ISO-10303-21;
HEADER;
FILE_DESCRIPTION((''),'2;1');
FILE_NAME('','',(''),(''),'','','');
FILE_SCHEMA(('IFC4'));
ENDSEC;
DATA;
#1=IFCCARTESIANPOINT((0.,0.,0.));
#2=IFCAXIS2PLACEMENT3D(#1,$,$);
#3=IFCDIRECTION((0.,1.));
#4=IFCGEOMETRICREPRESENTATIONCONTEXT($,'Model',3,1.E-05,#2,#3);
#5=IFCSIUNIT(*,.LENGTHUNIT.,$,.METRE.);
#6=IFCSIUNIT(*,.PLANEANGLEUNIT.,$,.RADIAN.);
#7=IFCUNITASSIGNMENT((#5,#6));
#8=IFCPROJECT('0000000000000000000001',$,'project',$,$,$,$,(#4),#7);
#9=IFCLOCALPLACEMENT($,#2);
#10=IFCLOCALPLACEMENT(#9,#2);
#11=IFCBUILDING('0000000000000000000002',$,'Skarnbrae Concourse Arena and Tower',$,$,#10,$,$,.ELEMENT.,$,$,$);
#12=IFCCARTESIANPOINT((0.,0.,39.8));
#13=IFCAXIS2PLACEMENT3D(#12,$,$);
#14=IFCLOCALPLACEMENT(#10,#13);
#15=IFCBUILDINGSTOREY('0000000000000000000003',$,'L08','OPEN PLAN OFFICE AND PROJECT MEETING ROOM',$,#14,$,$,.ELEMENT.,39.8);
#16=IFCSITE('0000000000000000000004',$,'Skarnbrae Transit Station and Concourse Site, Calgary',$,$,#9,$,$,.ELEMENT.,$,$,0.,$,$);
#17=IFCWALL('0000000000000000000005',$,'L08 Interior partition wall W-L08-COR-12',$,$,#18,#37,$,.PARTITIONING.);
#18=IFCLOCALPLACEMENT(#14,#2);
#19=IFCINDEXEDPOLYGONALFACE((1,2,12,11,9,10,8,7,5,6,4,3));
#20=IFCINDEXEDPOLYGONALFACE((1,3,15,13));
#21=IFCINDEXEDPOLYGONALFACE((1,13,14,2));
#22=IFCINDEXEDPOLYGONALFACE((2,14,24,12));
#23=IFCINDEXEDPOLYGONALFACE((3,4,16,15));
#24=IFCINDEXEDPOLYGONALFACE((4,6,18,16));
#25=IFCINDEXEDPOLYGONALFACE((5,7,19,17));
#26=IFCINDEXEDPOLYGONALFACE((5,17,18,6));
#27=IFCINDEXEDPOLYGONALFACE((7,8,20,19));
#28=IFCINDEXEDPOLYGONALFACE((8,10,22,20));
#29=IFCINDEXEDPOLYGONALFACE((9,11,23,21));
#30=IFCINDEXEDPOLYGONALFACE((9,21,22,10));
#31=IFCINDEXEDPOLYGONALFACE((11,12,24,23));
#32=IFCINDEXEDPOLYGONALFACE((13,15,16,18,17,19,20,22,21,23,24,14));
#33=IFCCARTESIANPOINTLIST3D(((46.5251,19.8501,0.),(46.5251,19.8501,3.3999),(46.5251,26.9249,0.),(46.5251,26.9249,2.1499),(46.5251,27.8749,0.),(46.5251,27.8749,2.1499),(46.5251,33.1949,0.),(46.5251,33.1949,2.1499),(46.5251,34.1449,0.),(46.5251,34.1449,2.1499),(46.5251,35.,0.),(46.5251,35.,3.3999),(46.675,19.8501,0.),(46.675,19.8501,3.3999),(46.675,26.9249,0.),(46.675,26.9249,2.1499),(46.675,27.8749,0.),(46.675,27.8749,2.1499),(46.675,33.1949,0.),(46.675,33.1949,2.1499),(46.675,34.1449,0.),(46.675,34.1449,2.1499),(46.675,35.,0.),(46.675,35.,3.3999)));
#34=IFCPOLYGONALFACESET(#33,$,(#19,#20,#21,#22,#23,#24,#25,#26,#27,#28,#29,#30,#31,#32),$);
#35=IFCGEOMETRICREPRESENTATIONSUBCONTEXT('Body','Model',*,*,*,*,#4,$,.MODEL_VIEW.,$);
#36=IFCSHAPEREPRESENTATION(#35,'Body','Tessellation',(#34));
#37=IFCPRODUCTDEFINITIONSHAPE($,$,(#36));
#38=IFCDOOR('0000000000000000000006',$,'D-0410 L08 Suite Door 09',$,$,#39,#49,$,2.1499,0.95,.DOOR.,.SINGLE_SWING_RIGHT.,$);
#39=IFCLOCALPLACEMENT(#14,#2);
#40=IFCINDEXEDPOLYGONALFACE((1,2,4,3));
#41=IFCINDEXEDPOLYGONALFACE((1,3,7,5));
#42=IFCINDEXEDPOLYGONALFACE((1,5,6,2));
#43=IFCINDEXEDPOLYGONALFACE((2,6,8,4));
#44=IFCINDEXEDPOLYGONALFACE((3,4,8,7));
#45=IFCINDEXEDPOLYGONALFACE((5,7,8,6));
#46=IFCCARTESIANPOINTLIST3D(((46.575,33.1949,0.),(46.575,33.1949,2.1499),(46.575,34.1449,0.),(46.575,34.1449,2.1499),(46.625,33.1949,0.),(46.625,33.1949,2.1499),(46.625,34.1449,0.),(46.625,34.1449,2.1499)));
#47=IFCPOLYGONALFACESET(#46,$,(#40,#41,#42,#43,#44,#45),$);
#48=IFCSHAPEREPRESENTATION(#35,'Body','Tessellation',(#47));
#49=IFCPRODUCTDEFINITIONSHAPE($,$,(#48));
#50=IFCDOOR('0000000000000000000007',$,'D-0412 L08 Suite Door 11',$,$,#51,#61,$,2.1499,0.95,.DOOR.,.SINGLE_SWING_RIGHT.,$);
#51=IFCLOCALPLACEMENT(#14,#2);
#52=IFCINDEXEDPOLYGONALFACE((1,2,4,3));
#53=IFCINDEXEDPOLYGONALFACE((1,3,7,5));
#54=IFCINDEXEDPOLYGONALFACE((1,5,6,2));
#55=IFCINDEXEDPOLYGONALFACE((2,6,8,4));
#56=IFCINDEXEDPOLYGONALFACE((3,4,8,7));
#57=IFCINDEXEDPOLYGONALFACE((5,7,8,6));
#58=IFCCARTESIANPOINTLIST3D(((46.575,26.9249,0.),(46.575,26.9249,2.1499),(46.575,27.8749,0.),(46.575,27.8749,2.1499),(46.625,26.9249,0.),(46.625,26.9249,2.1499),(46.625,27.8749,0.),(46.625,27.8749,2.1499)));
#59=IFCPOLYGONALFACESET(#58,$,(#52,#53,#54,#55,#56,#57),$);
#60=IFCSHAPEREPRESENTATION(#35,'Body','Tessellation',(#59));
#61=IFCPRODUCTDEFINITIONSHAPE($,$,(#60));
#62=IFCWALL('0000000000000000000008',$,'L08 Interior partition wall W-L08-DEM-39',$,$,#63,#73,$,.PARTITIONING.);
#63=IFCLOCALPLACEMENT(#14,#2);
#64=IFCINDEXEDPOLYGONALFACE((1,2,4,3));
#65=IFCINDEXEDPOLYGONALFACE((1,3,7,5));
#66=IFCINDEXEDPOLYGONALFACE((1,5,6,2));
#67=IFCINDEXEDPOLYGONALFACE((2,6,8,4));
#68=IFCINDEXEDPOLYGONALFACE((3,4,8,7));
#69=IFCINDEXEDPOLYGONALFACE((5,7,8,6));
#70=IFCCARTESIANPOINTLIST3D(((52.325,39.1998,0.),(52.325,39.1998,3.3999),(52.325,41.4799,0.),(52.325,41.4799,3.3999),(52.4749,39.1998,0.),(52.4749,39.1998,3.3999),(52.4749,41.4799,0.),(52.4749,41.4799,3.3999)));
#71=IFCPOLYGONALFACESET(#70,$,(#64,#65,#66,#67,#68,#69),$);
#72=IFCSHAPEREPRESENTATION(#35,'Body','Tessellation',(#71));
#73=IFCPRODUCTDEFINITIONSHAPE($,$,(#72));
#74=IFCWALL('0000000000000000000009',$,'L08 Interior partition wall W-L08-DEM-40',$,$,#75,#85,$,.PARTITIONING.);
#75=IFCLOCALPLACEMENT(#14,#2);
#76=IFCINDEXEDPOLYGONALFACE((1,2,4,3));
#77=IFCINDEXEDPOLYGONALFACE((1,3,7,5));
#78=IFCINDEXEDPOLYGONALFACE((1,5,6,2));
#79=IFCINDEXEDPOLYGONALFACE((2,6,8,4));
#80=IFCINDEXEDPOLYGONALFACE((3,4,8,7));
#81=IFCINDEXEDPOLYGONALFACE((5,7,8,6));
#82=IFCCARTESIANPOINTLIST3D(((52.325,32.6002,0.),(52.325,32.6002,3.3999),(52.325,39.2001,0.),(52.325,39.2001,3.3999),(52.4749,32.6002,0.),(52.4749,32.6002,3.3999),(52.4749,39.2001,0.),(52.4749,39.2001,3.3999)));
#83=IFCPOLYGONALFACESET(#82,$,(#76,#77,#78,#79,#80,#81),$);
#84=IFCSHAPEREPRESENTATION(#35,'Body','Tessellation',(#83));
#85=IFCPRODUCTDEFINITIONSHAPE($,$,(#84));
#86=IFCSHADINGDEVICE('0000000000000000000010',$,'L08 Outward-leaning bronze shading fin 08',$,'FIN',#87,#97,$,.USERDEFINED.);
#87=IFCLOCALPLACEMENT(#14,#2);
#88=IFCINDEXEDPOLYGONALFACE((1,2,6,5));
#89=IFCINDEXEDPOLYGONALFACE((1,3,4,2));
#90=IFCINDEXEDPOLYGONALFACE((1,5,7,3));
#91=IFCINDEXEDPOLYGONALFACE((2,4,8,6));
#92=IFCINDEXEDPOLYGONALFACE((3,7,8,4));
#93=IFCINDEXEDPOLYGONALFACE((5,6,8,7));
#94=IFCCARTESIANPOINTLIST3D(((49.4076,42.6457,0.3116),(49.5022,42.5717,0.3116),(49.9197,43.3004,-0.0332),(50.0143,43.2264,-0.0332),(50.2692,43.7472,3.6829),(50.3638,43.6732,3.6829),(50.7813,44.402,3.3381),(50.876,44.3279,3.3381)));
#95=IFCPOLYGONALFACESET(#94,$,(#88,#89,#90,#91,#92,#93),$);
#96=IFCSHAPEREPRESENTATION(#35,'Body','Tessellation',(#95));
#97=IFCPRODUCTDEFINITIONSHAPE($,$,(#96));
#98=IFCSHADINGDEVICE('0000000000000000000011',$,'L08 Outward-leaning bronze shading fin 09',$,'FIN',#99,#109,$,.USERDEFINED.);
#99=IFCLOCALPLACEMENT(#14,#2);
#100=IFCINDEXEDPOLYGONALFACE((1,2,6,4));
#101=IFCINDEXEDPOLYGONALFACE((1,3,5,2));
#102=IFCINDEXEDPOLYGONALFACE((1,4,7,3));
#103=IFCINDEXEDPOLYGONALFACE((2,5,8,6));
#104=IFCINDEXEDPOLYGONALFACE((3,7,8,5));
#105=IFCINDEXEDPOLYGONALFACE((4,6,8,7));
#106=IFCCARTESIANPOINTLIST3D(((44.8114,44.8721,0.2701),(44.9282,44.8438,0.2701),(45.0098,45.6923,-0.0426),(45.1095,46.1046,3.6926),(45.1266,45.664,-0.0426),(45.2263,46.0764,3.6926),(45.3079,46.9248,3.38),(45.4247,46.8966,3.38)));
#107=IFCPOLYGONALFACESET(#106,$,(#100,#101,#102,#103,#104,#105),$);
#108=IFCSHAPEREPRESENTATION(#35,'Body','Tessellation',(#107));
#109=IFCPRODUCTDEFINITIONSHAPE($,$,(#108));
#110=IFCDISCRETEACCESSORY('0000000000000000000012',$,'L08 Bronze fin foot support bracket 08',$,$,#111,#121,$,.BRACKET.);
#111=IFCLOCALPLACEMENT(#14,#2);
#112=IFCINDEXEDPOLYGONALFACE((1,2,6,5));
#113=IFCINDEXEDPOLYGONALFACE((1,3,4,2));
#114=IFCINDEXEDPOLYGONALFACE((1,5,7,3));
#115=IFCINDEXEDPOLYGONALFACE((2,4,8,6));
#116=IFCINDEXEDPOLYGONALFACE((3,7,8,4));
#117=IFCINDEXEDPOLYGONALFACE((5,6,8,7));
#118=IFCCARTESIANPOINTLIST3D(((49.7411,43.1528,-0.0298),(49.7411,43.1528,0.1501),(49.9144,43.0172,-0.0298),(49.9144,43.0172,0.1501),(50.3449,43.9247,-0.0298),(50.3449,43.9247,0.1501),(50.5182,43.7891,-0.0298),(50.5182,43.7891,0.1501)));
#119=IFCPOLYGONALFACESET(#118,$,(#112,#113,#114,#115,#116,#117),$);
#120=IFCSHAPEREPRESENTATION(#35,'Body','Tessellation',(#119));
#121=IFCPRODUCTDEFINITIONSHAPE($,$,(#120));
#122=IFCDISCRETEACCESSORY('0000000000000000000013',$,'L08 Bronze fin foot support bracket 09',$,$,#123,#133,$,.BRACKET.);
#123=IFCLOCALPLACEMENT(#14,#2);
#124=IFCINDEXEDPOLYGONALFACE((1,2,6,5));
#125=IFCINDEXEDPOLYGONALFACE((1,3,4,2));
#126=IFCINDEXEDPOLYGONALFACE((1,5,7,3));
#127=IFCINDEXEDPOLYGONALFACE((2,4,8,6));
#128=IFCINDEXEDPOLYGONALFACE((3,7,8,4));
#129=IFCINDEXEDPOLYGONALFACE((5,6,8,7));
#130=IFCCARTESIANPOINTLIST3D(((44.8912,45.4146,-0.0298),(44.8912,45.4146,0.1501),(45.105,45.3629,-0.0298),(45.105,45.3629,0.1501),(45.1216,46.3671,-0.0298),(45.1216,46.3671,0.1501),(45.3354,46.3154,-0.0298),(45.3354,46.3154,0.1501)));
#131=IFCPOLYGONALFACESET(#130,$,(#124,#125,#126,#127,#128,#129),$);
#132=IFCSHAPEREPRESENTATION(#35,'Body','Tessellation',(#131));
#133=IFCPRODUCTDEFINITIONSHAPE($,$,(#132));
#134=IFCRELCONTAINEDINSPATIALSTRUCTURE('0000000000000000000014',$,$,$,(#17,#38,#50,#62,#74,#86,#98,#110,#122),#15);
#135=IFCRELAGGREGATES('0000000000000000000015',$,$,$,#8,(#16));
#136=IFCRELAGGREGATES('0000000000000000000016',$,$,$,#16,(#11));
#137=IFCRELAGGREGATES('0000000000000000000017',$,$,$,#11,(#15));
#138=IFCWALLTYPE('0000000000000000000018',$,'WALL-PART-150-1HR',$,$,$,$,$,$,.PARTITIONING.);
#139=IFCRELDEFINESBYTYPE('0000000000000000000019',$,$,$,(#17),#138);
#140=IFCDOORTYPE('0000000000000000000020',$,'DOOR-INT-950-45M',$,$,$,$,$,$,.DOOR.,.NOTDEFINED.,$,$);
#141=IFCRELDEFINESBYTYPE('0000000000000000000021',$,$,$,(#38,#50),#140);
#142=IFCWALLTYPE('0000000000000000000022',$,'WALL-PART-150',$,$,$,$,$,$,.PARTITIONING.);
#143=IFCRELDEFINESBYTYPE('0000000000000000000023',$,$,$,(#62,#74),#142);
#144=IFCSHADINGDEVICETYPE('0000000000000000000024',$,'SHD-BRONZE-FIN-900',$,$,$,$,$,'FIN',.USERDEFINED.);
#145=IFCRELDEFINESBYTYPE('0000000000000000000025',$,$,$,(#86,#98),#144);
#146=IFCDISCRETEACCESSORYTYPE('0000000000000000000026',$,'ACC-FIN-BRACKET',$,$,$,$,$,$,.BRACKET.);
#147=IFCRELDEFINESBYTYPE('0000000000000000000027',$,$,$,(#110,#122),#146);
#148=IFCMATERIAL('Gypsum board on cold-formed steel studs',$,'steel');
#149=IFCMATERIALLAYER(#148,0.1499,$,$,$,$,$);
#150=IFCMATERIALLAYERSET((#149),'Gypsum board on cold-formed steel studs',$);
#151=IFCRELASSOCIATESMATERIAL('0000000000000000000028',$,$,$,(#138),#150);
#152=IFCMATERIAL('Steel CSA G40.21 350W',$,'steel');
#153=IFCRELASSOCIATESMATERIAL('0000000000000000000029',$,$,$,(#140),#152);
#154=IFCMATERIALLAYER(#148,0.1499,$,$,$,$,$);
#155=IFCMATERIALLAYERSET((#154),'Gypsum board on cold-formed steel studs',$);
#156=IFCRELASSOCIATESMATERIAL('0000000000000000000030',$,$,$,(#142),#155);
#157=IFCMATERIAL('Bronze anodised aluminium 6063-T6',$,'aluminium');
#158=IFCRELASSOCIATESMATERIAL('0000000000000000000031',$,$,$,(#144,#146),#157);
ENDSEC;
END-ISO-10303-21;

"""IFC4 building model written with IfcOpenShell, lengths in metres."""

from ifc_helpers import new_model, si_unit, direction, frame, frame_2d, origin, origin_2d, place, context, subcontext, project, spatial, rectangle, extrude, source, transform, mapped, material, layer, layer_set, type_object, element, fill, save


model = new_model("IFC4")

# Units and contexts
model_context = context("Model", 3, precision=1e-05, world=origin(), true_north=direction((0.0, 1.0)))
body_context = subcontext(model_context, "Body", "Model", "MODEL_VIEW")
ifc_project = project(units=[si_unit("LENGTHUNIT", "METRE"), si_unit("PLANEANGLEUNIT", "RADIAN")], contexts=[model_context])

# Site, building, storey
site_placement = place(None, origin())
site = spatial("IfcSite", under=ifc_project, at=site_placement, Name="Skarnbrae Transit Station and Concourse Site, Calgary", CompositionType="ELEMENT", RefElevation=0.0)
building_placement = place(site_placement, origin())
building = spatial("IfcBuilding", under=site, at=building_placement, Name="Skarnbrae Concourse Arena and Tower", CompositionType="ELEMENT")
storey_placement = place(building_placement, frame((0.0, 0.0, 39.8)))
storey = spatial("IfcBuildingStorey", under=building, at=storey_placement, Name="L08", Description="OPEN PLAN OFFICE AND PROJECT MEETING ROOM", CompositionType="ELEMENT", Elevation=39.8)

# Shared definitions
ifc_material_1 = material(Name="Steel CSA G40.21 350W", Category="steel")

# Shared definitions
ifc_material_2 = material(Name="Bronze anodised aluminium 6063-T6", Category="aluminium")

# Shared definitions
ifc_material_3 = material(Name="Gypsum board on cold-formed steel studs", Category="steel")
ifc_layer_1 = layer(ifc_material_3, 0.1499)
ifc_layer_set_1 = layer_set([ifc_layer_1], Name="Gypsum board on cold-formed steel studs")
wall_type_1 = type_object("IfcWallType", Name="WALL-PART-150-1HR", PredefinedType="PARTITIONING", material=ifc_layer_set_1)

# Wall, openings, doors
shared_shape_1 = source(origin(), body_context, "Body", "SweptSolid", [
    extrude(rectangle(XDim=15.1499, YDim=0.1499, at=frame_2d((7.575, 0.0))), origin(), (0.0, 0.0, 1.0), 3.3999),
])
wall_1_placement = place(storey_placement, frame((46.6001, 35.0, 0.0), z_axis=(0.0, 0.0, 1.0), x_axis=(0.0, -1.0, 0.0)))
wall_1 = element("IfcWall", 1, at=wall_1_placement, inside=storey, type_object=wall_type_1, Name="L08 Interior partition wall W-L08-COR-12", PredefinedType="PARTITIONING", context=body_context, shape_type="MappedRepresentation", body=[
    mapped(shared_shape_1, transform((0.0, 0.0, 0.0))),
])
opening_1_placement = place(wall_1_placement, frame((0.855, 0.0, 0.0)))
opening_1 = element("IfcOpeningElement", 2, at=opening_1_placement, cuts=wall_1, PredefinedType="OPENING", context=body_context, shape_type="SweptSolid", body=[
    extrude(rectangle(XDim=0.95, YDim=2.1499, at=frame_2d((0.4751, 1.075))), frame((0.0, 0.085, 0.0), z_axis=(0.0, -1.0, 0.0), x_axis=(1.0, 0.0, 0.0)), (0.0, 0.0, 1.0), 0.1699),
])
opening_2_placement = place(wall_1_placement, frame((7.125, 0.0, 0.0)))
opening_2 = element("IfcOpeningElement", 3, at=opening_2_placement, cuts=wall_1, PredefinedType="OPENING", context=body_context, shape_type="SweptSolid", body=[
    extrude(rectangle(XDim=0.95, YDim=2.1499, at=frame_2d((0.4751, 1.075))), frame((0.0, 0.085, 0.0), z_axis=(0.0, -1.0, 0.0), x_axis=(1.0, 0.0, 0.0)), (0.0, 0.0, 1.0), 0.1699),
])
door_type = type_object("IfcDoorType", Name="DOOR-INT-950-45M", OperationType="NOTDEFINED", PredefinedType="DOOR", material=ifc_material_1)
shared_shape_2 = source(origin(), body_context, "Body", "SweptSolid", [
    extrude(rectangle(XDim=0.95, YDim=2.1499, at=frame_2d((0.4751, 1.075))), frame((0.0, 0.0249, 0.0), z_axis=(0.0, -1.0, 0.0), x_axis=(1.0, 0.0, 0.0)), (0.0, 0.0, 1.0), 0.05),
])
door_1_placement = place(opening_1_placement, origin())
door_1 = element("IfcDoor", 4, at=door_1_placement, inside=storey, type_object=door_type, Name="D-0410 L08 Suite Door 09", OperationType="SINGLE_SWING_RIGHT", OverallHeight=2.1499, OverallWidth=0.95, PredefinedType="DOOR", context=body_context, shape_type="MappedRepresentation", body=[
    mapped(shared_shape_2, transform((0.0, 0.0, 0.0))),
])
fill(opening_1, door_1)
door_2_placement = place(opening_2_placement, origin())
door_2 = element("IfcDoor", 5, at=door_2_placement, inside=storey, type_object=door_type, Name="D-0412 L08 Suite Door 11", OperationType="SINGLE_SWING_RIGHT", OverallHeight=2.1499, OverallWidth=0.95, PredefinedType="DOOR", context=body_context, shape_type="MappedRepresentation", body=[
    mapped(shared_shape_2, transform((0.0, 0.0, 0.0))),
])
fill(opening_2, door_2)

# Walls
ifc_layer_2 = layer(ifc_material_3, 0.1499)
ifc_layer_set_2 = layer_set([ifc_layer_2], Name="Gypsum board on cold-formed steel studs")
wall_type_2 = type_object("IfcWallType", Name="WALL-PART-150", PredefinedType="PARTITIONING", material=ifc_layer_set_2)
shared_shape_3 = source(origin(), body_context, "Body", "SweptSolid", [
    extrude(rectangle(XDim=2.28, YDim=0.1499, at=frame_2d((1.1401, 0.0))), origin(), (0.0, 0.0, 1.0), 3.3999),
])
wall_2_placement = place(storey_placement, frame((52.3999, 41.48, 0.0), z_axis=(0.0, 0.0, 1.0), x_axis=(0.0, -1.0, 0.0)))
element("IfcWall", 6, at=wall_2_placement, inside=storey, type_object=wall_type_2, Name="L08 Interior partition wall W-L08-DEM-39", PredefinedType="PARTITIONING", context=body_context, shape_type="MappedRepresentation", body=[
    mapped(shared_shape_3, transform((0.0, 0.0, 0.0))),
])
shared_shape_4 = source(origin(), body_context, "Body", "SweptSolid", [
    extrude(rectangle(XDim=6.5999, YDim=0.1499, at=frame_2d((3.2998, 0.0))), origin(), (0.0, 0.0, 1.0), 3.3999),
])
wall_3_placement = place(storey_placement, frame((52.3999, 39.2, 0.0), z_axis=(0.0, 0.0, 1.0), x_axis=(0.0, -1.0, 0.0)))
element("IfcWall", 7, at=wall_3_placement, inside=storey, type_object=wall_type_2, Name="L08 Interior partition wall W-L08-DEM-40", PredefinedType="PARTITIONING", context=body_context, shape_type="MappedRepresentation", body=[
    mapped(shared_shape_4, transform((0.0, 0.0, 0.0))),
])

# Shading devices
shading_device_type = type_object("IfcShadingDeviceType", Name="SHD-BRONZE-FIN-900", ElementType="FIN", PredefinedType="USERDEFINED", material=ifc_material_2)
shared_shape_5 = source(origin(), body_context, "Body", "SweptSolid", [
    extrude(rectangle(XDim=0.1201, YDim=0.8999, at=origin_2d()), origin(), (0.0, 0.0, 1.0), 3.6499),
])
for number, where, z_axis, x_axis, name in (
    (8, (49.7109, 42.936, 0.1392), (0.236075, 0.301804, 0.923679), (0.787656, -0.616115, 0.0), "L08 Outward-leaning bronze shading fin 08"),
    (9, (44.969, 45.2681, 0.1138), (0.081677, 0.337689, 0.937707), (0.971973, -0.235091, 0.0), "L08 Outward-leaning bronze shading fin 09"),
):
    element("IfcShadingDevice", number, at=place(storey_placement, frame(where, z_axis=z_axis, x_axis=x_axis)), inside=storey, type_object=shading_device_type, Name=name, ObjectType="FIN", PredefinedType="USERDEFINED", context=body_context, shape_type="MappedRepresentation", body=[
        mapped(shared_shape_5, transform((0.0, 0.0, 0.0))),
    ])

# Discrete accessories
discrete_accessory_type = type_object("IfcDiscreteAccessoryType", Name="ACC-FIN-BRACKET", PredefinedType="BRACKET", material=ifc_material_2)
shared_shape_6 = source(origin(), body_context, "Body", "SweptSolid", [
    extrude(rectangle(XDim=0.22, YDim=0.98, at=origin_2d()), origin(), (0.0, 0.0, 1.0), 0.1799),
])
for number, where, z_axis, x_axis, name in (
    (10, (50.1296, 43.4709, -0.0298), (0.0, 0.0, 1.0), (0.787656, -0.616115, 0.0), "L08 Bronze fin foot support bracket 08"),
    (11, (45.1133, 45.865, -0.0298), (0.0, 0.0, 1.0), (0.971973, -0.235091, 0.0), "L08 Bronze fin foot support bracket 09"),
):
    element("IfcDiscreteAccessory", number, at=place(storey_placement, frame(where, z_axis=z_axis, x_axis=x_axis)), inside=storey, type_object=discrete_accessory_type, Name=name, PredefinedType="BRACKET", context=body_context, shape_type="MappedRepresentation", body=[
        mapped(shared_shape_6, transform((0.0, 0.0, 0.0))),
    ])

save(model, "model.ifc")
